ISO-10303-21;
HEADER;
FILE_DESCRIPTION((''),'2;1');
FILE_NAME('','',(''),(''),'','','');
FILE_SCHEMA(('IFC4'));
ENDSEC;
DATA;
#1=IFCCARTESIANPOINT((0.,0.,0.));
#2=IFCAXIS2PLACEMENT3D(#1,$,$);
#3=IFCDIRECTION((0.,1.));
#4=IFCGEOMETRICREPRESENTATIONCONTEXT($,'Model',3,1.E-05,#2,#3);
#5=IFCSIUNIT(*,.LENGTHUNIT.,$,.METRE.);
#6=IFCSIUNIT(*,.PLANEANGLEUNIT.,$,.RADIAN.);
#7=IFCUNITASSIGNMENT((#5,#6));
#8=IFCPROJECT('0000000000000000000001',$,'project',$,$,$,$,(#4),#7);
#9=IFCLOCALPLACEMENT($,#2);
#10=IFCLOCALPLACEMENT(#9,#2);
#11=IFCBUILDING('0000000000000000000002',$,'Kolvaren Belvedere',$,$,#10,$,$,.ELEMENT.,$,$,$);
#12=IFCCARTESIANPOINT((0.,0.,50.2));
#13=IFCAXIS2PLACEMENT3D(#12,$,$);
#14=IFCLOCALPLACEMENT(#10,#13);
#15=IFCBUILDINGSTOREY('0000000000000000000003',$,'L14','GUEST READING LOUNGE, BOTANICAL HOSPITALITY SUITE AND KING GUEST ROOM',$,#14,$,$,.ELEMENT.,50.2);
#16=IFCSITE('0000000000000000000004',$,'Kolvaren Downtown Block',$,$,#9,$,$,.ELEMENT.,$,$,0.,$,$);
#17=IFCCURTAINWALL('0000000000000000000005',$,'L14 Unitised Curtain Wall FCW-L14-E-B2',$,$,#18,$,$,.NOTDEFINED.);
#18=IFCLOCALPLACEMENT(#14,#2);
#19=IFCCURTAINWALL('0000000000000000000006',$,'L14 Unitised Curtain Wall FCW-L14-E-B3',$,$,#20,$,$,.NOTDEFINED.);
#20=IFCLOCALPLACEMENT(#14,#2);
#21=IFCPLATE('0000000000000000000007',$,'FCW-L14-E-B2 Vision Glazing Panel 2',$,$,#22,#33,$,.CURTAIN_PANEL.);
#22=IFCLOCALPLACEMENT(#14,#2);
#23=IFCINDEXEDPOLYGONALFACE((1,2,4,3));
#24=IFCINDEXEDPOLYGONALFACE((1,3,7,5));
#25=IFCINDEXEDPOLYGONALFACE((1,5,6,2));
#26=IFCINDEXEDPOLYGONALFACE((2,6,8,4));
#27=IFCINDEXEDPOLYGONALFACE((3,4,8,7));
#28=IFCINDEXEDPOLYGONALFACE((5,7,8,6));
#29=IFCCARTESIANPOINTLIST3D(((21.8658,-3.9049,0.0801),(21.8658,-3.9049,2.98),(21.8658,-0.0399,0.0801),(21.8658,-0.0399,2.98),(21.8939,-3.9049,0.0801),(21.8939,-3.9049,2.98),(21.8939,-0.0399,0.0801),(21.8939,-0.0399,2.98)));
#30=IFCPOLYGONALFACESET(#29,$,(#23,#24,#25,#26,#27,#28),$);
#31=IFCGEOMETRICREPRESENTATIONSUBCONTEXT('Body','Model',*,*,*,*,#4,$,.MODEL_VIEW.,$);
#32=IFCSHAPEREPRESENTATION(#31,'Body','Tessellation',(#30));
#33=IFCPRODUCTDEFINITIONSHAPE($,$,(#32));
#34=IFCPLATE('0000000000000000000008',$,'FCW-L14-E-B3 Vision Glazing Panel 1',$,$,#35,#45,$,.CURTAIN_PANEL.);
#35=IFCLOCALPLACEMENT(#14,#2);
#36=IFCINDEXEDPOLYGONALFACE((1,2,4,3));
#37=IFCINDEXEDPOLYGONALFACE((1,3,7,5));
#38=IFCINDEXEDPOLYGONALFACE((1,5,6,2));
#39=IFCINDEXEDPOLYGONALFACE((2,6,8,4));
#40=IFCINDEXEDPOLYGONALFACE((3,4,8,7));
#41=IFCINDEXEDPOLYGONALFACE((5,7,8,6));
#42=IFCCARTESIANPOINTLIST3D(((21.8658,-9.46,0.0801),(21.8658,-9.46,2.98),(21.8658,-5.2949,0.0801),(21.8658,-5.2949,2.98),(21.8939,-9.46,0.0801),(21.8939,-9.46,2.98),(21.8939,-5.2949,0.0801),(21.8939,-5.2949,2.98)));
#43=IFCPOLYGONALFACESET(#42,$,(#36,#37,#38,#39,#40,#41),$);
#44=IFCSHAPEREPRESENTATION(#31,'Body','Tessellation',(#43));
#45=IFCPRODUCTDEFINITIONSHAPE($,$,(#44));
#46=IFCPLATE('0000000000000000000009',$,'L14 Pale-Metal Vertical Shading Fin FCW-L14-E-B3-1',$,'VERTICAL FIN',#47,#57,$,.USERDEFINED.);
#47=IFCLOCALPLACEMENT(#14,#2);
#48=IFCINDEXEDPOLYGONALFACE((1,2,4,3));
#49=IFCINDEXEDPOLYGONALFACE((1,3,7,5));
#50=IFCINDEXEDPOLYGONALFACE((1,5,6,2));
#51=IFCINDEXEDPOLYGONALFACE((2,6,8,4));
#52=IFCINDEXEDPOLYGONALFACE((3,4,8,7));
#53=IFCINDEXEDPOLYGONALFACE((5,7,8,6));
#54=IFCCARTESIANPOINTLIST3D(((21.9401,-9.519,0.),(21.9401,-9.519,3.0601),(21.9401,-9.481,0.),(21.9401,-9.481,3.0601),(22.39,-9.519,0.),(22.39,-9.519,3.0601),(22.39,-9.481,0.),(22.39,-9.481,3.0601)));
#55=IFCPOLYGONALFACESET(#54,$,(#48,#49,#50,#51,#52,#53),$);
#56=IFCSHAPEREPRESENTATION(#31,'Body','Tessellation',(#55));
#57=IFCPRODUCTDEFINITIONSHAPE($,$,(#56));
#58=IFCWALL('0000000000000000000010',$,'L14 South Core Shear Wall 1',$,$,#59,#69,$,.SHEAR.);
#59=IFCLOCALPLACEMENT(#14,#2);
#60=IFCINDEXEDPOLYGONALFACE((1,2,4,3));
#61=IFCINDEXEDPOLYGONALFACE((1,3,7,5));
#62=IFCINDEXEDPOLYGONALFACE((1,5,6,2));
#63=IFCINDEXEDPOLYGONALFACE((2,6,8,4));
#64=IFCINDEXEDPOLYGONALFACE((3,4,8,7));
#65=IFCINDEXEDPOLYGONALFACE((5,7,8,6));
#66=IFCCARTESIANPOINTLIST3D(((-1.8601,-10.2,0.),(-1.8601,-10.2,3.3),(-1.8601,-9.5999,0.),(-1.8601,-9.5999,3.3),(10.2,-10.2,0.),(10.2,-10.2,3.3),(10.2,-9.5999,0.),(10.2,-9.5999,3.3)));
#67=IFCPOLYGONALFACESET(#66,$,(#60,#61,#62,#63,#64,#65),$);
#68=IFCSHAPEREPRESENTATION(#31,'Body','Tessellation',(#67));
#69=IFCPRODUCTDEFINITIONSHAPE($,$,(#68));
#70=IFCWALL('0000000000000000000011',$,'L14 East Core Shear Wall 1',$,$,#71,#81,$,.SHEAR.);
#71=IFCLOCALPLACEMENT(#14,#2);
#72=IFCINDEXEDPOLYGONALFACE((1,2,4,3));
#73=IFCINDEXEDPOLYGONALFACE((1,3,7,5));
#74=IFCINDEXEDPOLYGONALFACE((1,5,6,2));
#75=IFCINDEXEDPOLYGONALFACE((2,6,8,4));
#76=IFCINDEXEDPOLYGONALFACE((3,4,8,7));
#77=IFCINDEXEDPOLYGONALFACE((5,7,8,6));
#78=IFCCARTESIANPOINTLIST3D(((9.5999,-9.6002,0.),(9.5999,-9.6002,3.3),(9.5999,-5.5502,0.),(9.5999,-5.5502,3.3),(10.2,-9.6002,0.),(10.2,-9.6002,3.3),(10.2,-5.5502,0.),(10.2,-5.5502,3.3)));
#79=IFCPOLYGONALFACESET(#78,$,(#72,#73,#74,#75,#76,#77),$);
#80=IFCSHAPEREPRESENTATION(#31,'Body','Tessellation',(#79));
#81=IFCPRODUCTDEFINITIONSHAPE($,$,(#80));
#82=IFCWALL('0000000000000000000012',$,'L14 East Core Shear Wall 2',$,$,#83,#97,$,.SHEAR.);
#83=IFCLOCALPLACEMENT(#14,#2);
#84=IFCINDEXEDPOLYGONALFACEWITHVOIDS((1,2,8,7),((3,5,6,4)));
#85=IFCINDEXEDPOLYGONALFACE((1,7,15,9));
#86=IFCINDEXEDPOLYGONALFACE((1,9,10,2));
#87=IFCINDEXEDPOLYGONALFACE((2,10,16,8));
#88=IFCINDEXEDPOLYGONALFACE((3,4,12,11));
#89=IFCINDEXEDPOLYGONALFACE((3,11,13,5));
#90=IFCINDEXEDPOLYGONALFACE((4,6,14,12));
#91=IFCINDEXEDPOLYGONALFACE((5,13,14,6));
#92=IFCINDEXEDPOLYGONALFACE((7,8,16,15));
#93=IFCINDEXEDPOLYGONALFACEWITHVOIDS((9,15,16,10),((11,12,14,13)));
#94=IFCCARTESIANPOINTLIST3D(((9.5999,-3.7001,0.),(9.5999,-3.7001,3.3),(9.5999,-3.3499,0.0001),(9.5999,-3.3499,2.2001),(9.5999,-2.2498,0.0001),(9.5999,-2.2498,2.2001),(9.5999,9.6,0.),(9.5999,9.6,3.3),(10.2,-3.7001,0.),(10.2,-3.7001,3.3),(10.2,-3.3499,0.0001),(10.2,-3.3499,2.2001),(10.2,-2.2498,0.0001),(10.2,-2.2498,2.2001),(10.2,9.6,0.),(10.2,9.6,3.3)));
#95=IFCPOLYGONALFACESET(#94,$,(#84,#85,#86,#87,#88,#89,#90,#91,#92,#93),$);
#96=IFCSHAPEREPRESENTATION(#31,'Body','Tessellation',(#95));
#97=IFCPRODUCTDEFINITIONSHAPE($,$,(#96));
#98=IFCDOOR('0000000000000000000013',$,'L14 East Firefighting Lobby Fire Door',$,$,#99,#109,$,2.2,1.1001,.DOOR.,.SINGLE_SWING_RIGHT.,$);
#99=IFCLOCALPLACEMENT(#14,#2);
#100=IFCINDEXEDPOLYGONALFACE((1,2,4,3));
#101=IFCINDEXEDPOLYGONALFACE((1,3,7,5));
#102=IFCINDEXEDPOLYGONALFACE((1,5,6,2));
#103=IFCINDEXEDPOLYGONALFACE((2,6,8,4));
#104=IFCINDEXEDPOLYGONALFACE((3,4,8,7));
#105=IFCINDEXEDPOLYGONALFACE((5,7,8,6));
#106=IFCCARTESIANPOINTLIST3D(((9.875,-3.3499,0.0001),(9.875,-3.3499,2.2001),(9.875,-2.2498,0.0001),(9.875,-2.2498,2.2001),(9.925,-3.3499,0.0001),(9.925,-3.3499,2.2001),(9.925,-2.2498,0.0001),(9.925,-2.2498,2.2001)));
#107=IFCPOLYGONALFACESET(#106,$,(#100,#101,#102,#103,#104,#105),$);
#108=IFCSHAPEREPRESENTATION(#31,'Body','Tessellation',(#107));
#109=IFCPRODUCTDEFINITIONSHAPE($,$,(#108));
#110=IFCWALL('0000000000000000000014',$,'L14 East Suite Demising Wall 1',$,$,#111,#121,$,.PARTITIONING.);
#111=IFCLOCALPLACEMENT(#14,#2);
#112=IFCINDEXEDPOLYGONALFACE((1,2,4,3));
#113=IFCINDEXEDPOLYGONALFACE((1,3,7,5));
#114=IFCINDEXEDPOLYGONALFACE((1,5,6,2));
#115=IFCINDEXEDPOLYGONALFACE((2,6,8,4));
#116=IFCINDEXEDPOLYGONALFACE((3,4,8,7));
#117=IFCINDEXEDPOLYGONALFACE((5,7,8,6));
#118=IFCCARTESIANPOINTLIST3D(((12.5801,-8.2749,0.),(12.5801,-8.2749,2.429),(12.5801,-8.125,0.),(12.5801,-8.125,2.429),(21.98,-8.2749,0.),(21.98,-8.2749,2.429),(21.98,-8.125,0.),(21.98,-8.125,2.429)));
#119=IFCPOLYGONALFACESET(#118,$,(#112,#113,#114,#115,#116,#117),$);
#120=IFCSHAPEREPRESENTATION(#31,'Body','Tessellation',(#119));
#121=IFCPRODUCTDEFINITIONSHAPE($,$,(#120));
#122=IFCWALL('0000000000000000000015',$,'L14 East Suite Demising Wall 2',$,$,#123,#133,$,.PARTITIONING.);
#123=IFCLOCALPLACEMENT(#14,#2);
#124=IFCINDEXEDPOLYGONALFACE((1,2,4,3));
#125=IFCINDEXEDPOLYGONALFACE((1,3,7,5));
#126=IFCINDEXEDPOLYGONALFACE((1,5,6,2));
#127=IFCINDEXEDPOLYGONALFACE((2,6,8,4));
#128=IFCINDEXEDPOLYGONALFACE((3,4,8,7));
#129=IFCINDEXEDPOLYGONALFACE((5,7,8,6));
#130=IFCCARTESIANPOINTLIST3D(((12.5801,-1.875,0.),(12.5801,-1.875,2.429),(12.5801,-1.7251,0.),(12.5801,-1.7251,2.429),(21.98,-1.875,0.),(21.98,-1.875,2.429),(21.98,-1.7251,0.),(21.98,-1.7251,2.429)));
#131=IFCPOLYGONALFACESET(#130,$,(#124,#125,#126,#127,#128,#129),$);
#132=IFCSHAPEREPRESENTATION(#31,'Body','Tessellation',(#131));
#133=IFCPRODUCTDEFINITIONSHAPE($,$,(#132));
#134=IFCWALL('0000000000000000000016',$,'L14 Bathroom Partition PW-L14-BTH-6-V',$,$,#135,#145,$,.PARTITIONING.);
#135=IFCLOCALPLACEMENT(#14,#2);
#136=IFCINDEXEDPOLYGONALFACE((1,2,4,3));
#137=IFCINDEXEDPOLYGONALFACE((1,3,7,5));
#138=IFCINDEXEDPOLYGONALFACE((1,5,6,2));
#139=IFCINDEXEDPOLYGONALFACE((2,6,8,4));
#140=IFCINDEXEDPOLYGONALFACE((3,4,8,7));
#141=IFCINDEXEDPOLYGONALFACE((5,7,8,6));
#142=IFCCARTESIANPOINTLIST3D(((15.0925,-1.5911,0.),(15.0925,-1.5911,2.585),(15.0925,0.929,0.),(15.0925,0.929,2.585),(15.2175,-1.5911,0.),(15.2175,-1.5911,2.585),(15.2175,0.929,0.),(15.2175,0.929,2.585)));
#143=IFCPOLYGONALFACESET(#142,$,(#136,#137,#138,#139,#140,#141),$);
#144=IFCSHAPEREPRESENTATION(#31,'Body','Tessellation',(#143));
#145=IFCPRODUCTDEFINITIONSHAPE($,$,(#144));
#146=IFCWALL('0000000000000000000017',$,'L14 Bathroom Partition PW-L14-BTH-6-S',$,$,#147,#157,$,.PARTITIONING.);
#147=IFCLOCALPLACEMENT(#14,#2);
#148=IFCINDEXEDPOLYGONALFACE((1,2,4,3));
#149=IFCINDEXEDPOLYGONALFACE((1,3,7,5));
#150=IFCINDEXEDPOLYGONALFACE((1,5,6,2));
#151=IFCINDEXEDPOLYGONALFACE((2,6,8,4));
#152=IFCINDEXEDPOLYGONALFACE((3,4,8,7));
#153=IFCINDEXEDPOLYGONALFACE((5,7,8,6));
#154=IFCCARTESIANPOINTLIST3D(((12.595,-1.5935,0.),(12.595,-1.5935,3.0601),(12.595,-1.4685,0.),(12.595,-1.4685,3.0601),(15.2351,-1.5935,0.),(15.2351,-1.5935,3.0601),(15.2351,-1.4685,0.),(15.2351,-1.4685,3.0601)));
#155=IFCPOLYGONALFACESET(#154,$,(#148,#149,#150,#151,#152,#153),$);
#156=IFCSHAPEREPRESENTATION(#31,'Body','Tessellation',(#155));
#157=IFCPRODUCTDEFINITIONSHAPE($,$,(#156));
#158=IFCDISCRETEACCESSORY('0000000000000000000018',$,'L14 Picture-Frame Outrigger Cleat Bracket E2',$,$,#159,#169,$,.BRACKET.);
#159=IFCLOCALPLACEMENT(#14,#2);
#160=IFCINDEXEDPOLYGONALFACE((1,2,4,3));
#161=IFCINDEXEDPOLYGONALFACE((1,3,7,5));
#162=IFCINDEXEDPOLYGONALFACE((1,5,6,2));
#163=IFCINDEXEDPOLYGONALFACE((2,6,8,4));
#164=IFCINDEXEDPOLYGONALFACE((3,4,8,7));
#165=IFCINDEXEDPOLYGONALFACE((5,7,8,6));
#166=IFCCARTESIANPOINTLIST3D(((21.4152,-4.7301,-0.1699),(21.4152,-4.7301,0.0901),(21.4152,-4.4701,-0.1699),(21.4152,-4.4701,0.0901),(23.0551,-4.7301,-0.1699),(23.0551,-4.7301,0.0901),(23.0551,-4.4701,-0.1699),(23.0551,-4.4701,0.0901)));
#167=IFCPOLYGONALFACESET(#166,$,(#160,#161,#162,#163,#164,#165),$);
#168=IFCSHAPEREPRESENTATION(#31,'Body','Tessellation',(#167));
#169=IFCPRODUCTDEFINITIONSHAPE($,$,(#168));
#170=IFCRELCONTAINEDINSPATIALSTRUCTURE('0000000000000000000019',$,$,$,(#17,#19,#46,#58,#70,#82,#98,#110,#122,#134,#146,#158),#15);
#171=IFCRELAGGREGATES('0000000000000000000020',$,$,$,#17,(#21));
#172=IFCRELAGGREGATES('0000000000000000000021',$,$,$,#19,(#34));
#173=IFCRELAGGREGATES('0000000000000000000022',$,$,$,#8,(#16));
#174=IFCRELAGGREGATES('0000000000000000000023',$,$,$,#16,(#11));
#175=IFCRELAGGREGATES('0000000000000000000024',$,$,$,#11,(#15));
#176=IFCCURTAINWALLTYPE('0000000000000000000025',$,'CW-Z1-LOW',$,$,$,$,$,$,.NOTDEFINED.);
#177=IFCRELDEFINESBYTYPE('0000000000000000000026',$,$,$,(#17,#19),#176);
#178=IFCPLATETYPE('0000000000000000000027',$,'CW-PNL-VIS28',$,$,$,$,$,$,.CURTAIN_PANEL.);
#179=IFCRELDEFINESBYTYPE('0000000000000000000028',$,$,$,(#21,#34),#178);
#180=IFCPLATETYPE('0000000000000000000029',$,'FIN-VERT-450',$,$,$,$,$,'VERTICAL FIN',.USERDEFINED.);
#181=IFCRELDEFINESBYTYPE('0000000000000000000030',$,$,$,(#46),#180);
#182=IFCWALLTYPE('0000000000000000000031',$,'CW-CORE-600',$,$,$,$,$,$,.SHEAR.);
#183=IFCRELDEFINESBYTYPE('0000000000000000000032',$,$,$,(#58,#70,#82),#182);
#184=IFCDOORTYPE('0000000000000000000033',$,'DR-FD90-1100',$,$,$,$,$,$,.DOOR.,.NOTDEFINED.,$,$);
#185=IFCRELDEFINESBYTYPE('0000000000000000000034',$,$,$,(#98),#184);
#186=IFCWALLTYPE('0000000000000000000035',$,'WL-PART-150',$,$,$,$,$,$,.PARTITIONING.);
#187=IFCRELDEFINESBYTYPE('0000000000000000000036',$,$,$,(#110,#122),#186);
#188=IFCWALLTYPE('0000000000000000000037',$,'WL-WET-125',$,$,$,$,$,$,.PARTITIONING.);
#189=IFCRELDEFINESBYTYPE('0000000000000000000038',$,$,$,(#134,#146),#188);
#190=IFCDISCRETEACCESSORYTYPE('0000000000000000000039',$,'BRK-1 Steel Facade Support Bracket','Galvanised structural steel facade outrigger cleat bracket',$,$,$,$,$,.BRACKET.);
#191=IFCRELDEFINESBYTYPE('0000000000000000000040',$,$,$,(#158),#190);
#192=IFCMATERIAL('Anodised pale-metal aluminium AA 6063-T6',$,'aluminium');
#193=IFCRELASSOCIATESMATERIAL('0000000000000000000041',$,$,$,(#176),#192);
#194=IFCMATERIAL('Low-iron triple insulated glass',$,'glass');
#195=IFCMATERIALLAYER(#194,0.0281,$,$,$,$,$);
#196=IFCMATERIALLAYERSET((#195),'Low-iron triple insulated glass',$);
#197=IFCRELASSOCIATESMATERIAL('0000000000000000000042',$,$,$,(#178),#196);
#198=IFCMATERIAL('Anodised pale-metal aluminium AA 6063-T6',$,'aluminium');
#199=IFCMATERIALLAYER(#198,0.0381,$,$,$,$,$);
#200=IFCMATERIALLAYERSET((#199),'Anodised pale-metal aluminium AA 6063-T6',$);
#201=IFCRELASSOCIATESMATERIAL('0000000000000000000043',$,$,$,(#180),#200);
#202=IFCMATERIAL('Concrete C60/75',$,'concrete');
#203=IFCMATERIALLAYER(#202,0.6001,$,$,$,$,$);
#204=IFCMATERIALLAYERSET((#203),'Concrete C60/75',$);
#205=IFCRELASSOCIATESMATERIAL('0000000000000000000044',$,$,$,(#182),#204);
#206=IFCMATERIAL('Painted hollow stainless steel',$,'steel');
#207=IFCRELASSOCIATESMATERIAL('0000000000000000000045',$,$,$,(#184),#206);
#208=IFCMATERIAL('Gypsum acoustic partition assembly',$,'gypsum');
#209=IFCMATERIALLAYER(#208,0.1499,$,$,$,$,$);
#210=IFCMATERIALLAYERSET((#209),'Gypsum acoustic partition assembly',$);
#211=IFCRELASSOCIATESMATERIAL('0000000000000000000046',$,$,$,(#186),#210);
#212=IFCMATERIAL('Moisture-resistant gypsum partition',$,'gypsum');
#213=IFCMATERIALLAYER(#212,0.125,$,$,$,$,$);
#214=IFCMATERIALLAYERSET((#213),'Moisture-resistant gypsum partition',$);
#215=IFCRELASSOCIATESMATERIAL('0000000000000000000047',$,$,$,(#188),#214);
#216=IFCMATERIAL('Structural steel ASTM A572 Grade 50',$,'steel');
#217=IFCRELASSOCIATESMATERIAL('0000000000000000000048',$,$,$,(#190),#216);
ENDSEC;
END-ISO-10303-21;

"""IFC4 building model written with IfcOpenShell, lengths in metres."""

from ifc_helpers import new_model, si_unit, direction, frame, frame_2d, origin, origin_2d, place, context, subcontext, project, spatial, rectangle, extrude, material, layer, layer_set, type_object, element, fill, aggregate, save


model = new_model("IFC4")

# Units and contexts
model_context = context("Model", 3, precision=1e-05, world=origin(), true_north=direction((0.0, 1.0)))
body_context = subcontext(model_context, "Body", "Model", "MODEL_VIEW")
ifc_project = project(units=[si_unit("LENGTHUNIT", "METRE"), si_unit("PLANEANGLEUNIT", "RADIAN")], contexts=[model_context])

# Site, building, storey
site_placement = place(None, origin())
site = spatial("IfcSite", under=ifc_project, at=site_placement, Name="Kolvaren Downtown Block", CompositionType="ELEMENT", RefElevation=0.0)
building_placement = place(site_placement, origin())
building = spatial("IfcBuilding", under=site, at=building_placement, Name="Kolvaren Belvedere", CompositionType="ELEMENT")
storey_placement = place(building_placement, frame((0.0, 0.0, 50.2)))
storey = spatial("IfcBuildingStorey", under=building, at=storey_placement, Name="L14", Description="GUEST READING LOUNGE, BOTANICAL HOSPITALITY SUITE AND KING GUEST ROOM", CompositionType="ELEMENT", Elevation=50.2)

# Curtain walls
ifc_material_1 = material(Name="Anodised pale-metal aluminium AA 6063-T6", Category="aluminium")
curtain_wall_type = type_object("IfcCurtainWallType", Name="CW-Z1-LOW", PredefinedType="NOTDEFINED", material=ifc_material_1)
curtain_wall_1_placement = place(storey_placement, origin())
curtain_wall_1 = element("IfcCurtainWall", 1, at=curtain_wall_1_placement, inside=storey, type_object=curtain_wall_type, Name="L14 Unitised Curtain Wall FCW-L14-E-B2", PredefinedType="NOTDEFINED")
curtain_wall_2_placement = place(storey_placement, origin())
curtain_wall_2 = element("IfcCurtainWall", 2, at=curtain_wall_2_placement, inside=storey, type_object=curtain_wall_type, Name="L14 Unitised Curtain Wall FCW-L14-E-B3", PredefinedType="NOTDEFINED")

# Plates
ifc_material_2 = material(Name="Low-iron triple insulated glass", Category="glass")
ifc_layer_1 = layer(ifc_material_2, 0.0281)
ifc_layer_set_1 = layer_set([ifc_layer_1], Name="Low-iron triple insulated glass")
plate_type_1 = type_object("IfcPlateType", Name="CW-PNL-VIS28", PredefinedType="CURTAIN_PANEL", material=ifc_layer_set_1)
plate_1_placement = place(storey_placement, frame((21.8799, -1.9724, 0.0801), z_axis=(0.0, 0.0, 1.0), x_axis=(0.0, -1.0, 0.0)))
plate_1 = element("IfcPlate", 3, at=plate_1_placement, type_object=plate_type_1, Name="FCW-L14-E-B2 Vision Glazing Panel 2", PredefinedType="CURTAIN_PANEL", context=body_context, shape_type="SweptSolid", body=[
    extrude(rectangle(XDim=3.865, YDim=0.0281, at=origin_2d()), origin(), (0.0, 0.0, 1.0), 2.8999),
])
aggregate(curtain_wall_1, [plate_1])
plate_2_placement = place(storey_placement, frame((21.8799, -7.3774, 0.0801), z_axis=(0.0, 0.0, 1.0), x_axis=(0.0, -1.0, 0.0)))
plate_2 = element("IfcPlate", 4, at=plate_2_placement, type_object=plate_type_1, Name="FCW-L14-E-B3 Vision Glazing Panel 1", PredefinedType="CURTAIN_PANEL", context=body_context, shape_type="SweptSolid", body=[
    extrude(rectangle(XDim=4.165, YDim=0.0281, at=origin_2d()), origin(), (0.0, 0.0, 1.0), 2.8999),
])
aggregate(curtain_wall_2, [plate_2])
ifc_material_3 = material(Name="Anodised pale-metal aluminium AA 6063-T6", Category="aluminium")
ifc_layer_2 = layer(ifc_material_3, 0.0381)
ifc_layer_set_2 = layer_set([ifc_layer_2], Name="Anodised pale-metal aluminium AA 6063-T6")
plate_type_2 = type_object("IfcPlateType", Name="FIN-VERT-450", ElementType="VERTICAL FIN", PredefinedType="USERDEFINED", material=ifc_layer_set_2)
plate_3_placement = place(storey_placement, frame((22.165, -9.5, 0.0), z_axis=(0.0, 0.0, 1.0), x_axis=(1.0, 0.0, 0.0)))
element("IfcPlate", 5, at=plate_3_placement, inside=storey, type_object=plate_type_2, Name="L14 Pale-Metal Vertical Shading Fin FCW-L14-E-B3-1", ObjectType="VERTICAL FIN", PredefinedType="USERDEFINED", context=body_context, shape_type="SweptSolid", body=[
    extrude(rectangle(XDim=0.45, YDim=0.0381, at=origin_2d()), origin(), (0.0, 0.0, 1.0), 3.0601),
])

# Walls
ifc_material_4 = material(Name="Concrete C60/75", Category="concrete")
ifc_layer_3 = layer(ifc_material_4, 0.6001)
ifc_layer_set_3 = layer_set([ifc_layer_3], Name="Concrete C60/75")
wall_type_1 = type_object("IfcWallType", Name="CW-CORE-600", PredefinedType="SHEAR", material=ifc_layer_set_3)
wall_1_placement = place(storey_placement, frame((10.2, -9.8999, 0.0), z_axis=(0.0, 0.0, 1.0), x_axis=(-1.0, 0.0, 0.0)))
element("IfcWall", 6, at=wall_1_placement, inside=storey, type_object=wall_type_1, Name="L14 South Core Shear Wall 1", PredefinedType="SHEAR", context=body_context, shape_type="SweptSolid", body=[
    extrude(rectangle(XDim=12.0601, YDim=0.6001, at=frame_2d((6.03, 0.0))), origin(), (0.0, 0.0, 1.0), 3.3),
])
wall_2_placement = place(storey_placement, frame((9.8999, -9.6001, 0.0), z_axis=(0.0, 0.0, 1.0), x_axis=(0.0, 1.0, 0.0)))
element("IfcWall", 7, at=wall_2_placement, inside=storey, type_object=wall_type_1, Name="L14 East Core Shear Wall 1", PredefinedType="SHEAR", context=body_context, shape_type="SweptSolid", body=[
    extrude(rectangle(XDim=4.05, YDim=0.6001, at=frame_2d((2.0249, 0.0))), origin(), (0.0, 0.0, 1.0), 3.3),
])

# Wall, opening, door
wall_3_placement = place(storey_placement, frame((9.8999, -3.7, 0.0), z_axis=(0.0, 0.0, 1.0), x_axis=(0.0, 1.0, 0.0)))
wall_3 = element("IfcWall", 8, at=wall_3_placement, inside=storey, type_object=wall_type_1, Name="L14 East Core Shear Wall 2", PredefinedType="SHEAR", context=body_context, shape_type="SweptSolid", body=[
    extrude(rectangle(XDim=13.3, YDim=0.6001, at=frame_2d((6.6499, 0.0))), origin(), (0.0, 0.0, 1.0), 3.3),
])
opening_placement = place(wall_3_placement, frame((0.3501, 0.0, 0.0)))
opening = element("IfcOpeningElement", 9, at=opening_placement, cuts=wall_3, PredefinedType="OPENING", context=body_context, shape_type="SweptSolid", body=[
    extrude(rectangle(XDim=1.1001, YDim=2.2, at=frame_2d((0.55, 1.1001))), frame((0.0, 0.3101, 0.0), z_axis=(0.0, -1.0, 0.0), x_axis=(1.0, 0.0, 0.0)), (0.0, 0.0, 1.0), 0.6201),
])
ifc_material_5 = material(Name="Painted hollow stainless steel", Category="steel")
door_type = type_object("IfcDoorType", Name="DR-FD90-1100", OperationType="NOTDEFINED", PredefinedType="DOOR", material=ifc_material_5)
door_placement = place(opening_placement, origin())
door = element("IfcDoor", 10, at=door_placement, inside=storey, type_object=door_type, Name="L14 East Firefighting Lobby Fire Door", OperationType="SINGLE_SWING_RIGHT", OverallHeight=2.2, OverallWidth=1.1001, PredefinedType="DOOR", context=body_context, shape_type="SweptSolid", body=[
    extrude(rectangle(XDim=1.1001, YDim=2.2, at=frame_2d((0.55, 1.1001))), frame((0.0, 0.0249, 0.0), z_axis=(0.0, -1.0, 0.0), x_axis=(1.0, 0.0, 0.0)), (0.0, 0.0, 1.0), 0.05),
])
fill(opening, door)

# Walls
ifc_material_6 = material(Name="Gypsum acoustic partition assembly", Category="gypsum")
ifc_layer_4 = layer(ifc_material_6, 0.1499)
ifc_layer_set_4 = layer_set([ifc_layer_4], Name="Gypsum acoustic partition assembly")
wall_type_2 = type_object("IfcWallType", Name="WL-PART-150", PredefinedType="PARTITIONING", material=ifc_layer_set_4)
for number, where, z_axis, x_axis, name in (
    (11, (12.5801, -8.2, 0.0), (0.0, 0.0, 1.0), (1.0, 0.0, 0.0), "L14 East Suite Demising Wall 1"),
    (12, (12.5801, -1.8, 0.0), (0.0, 0.0, 1.0), (1.0, 0.0, 0.0), "L14 East Suite Demising Wall 2"),
):
    element("IfcWall", number, at=place(storey_placement, frame(where, z_axis=z_axis, x_axis=x_axis)), inside=storey, type_object=wall_type_2, Name=name, PredefinedType="PARTITIONING", context=body_context, shape_type="SweptSolid", body=[
        extrude(rectangle(XDim=9.3999, YDim=0.1499, at=frame_2d((4.7, 0.0))), origin(), (0.0, 0.0, 1.0), 2.429),
    ])
ifc_material_7 = material(Name="Moisture-resistant gypsum partition", Category="gypsum")
ifc_layer_5 = layer(ifc_material_7, 0.125)
ifc_layer_set_5 = layer_set([ifc_layer_5], Name="Moisture-resistant gypsum partition")
wall_type_3 = type_object("IfcWallType", Name="WL-WET-125", PredefinedType="PARTITIONING", material=ifc_layer_set_5)
wall_4_placement = place(storey_placement, frame((15.155, -1.5911, 0.0), z_axis=(0.0, 0.0, 1.0), x_axis=(0.0, 1.0, 0.0)))
element("IfcWall", 13, at=wall_4_placement, inside=storey, type_object=wall_type_3, Name="L14 Bathroom Partition PW-L14-BTH-6-V", PredefinedType="PARTITIONING", context=body_context, shape_type="SweptSolid", body=[
    extrude(rectangle(XDim=2.52, YDim=0.125, at=frame_2d((1.26, 0.0))), origin(), (0.0, 0.0, 1.0), 2.585),
])
wall_5_placement = place(storey_placement, frame((12.595, -1.531, 0.0), z_axis=(0.0, 0.0, 1.0), x_axis=(1.0, 0.0, 0.0)))
element("IfcWall", 14, at=wall_5_placement, inside=storey, type_object=wall_type_3, Name="L14 Bathroom Partition PW-L14-BTH-6-S", PredefinedType="PARTITIONING", context=body_context, shape_type="SweptSolid", body=[
    extrude(rectangle(XDim=2.6401, YDim=0.125, at=frame_2d((1.3201, 0.0))), origin(), (0.0, 0.0, 1.0), 3.0601),
])

# Discrete accessory
ifc_material_8 = material(Name="Structural steel ASTM A572 Grade 50", Category="steel")
discrete_accessory_type = type_object("IfcDiscreteAccessoryType", Name="BRK-1 Steel Facade Support Bracket", Description="Galvanised structural steel facade outrigger cleat bracket", PredefinedType="BRACKET", material=ifc_material_8)
discrete_accessory_placement = place(storey_placement, frame((22.2351, -4.6001, -0.1699), z_axis=(0.0, 0.0, 1.0), x_axis=(1.0, 0.0, 0.0)))
element("IfcDiscreteAccessory", 15, at=discrete_accessory_placement, inside=storey, type_object=discrete_accessory_type, Name="L14 Picture-Frame Outrigger Cleat Bracket E2", PredefinedType="BRACKET", context=body_context, shape_type="SweptSolid", body=[
    extrude(rectangle(XDim=1.6399, YDim=0.26, at=origin_2d()), origin(), (0.0, 0.0, 1.0), 0.26),
])

save(model, "model.ifc")
